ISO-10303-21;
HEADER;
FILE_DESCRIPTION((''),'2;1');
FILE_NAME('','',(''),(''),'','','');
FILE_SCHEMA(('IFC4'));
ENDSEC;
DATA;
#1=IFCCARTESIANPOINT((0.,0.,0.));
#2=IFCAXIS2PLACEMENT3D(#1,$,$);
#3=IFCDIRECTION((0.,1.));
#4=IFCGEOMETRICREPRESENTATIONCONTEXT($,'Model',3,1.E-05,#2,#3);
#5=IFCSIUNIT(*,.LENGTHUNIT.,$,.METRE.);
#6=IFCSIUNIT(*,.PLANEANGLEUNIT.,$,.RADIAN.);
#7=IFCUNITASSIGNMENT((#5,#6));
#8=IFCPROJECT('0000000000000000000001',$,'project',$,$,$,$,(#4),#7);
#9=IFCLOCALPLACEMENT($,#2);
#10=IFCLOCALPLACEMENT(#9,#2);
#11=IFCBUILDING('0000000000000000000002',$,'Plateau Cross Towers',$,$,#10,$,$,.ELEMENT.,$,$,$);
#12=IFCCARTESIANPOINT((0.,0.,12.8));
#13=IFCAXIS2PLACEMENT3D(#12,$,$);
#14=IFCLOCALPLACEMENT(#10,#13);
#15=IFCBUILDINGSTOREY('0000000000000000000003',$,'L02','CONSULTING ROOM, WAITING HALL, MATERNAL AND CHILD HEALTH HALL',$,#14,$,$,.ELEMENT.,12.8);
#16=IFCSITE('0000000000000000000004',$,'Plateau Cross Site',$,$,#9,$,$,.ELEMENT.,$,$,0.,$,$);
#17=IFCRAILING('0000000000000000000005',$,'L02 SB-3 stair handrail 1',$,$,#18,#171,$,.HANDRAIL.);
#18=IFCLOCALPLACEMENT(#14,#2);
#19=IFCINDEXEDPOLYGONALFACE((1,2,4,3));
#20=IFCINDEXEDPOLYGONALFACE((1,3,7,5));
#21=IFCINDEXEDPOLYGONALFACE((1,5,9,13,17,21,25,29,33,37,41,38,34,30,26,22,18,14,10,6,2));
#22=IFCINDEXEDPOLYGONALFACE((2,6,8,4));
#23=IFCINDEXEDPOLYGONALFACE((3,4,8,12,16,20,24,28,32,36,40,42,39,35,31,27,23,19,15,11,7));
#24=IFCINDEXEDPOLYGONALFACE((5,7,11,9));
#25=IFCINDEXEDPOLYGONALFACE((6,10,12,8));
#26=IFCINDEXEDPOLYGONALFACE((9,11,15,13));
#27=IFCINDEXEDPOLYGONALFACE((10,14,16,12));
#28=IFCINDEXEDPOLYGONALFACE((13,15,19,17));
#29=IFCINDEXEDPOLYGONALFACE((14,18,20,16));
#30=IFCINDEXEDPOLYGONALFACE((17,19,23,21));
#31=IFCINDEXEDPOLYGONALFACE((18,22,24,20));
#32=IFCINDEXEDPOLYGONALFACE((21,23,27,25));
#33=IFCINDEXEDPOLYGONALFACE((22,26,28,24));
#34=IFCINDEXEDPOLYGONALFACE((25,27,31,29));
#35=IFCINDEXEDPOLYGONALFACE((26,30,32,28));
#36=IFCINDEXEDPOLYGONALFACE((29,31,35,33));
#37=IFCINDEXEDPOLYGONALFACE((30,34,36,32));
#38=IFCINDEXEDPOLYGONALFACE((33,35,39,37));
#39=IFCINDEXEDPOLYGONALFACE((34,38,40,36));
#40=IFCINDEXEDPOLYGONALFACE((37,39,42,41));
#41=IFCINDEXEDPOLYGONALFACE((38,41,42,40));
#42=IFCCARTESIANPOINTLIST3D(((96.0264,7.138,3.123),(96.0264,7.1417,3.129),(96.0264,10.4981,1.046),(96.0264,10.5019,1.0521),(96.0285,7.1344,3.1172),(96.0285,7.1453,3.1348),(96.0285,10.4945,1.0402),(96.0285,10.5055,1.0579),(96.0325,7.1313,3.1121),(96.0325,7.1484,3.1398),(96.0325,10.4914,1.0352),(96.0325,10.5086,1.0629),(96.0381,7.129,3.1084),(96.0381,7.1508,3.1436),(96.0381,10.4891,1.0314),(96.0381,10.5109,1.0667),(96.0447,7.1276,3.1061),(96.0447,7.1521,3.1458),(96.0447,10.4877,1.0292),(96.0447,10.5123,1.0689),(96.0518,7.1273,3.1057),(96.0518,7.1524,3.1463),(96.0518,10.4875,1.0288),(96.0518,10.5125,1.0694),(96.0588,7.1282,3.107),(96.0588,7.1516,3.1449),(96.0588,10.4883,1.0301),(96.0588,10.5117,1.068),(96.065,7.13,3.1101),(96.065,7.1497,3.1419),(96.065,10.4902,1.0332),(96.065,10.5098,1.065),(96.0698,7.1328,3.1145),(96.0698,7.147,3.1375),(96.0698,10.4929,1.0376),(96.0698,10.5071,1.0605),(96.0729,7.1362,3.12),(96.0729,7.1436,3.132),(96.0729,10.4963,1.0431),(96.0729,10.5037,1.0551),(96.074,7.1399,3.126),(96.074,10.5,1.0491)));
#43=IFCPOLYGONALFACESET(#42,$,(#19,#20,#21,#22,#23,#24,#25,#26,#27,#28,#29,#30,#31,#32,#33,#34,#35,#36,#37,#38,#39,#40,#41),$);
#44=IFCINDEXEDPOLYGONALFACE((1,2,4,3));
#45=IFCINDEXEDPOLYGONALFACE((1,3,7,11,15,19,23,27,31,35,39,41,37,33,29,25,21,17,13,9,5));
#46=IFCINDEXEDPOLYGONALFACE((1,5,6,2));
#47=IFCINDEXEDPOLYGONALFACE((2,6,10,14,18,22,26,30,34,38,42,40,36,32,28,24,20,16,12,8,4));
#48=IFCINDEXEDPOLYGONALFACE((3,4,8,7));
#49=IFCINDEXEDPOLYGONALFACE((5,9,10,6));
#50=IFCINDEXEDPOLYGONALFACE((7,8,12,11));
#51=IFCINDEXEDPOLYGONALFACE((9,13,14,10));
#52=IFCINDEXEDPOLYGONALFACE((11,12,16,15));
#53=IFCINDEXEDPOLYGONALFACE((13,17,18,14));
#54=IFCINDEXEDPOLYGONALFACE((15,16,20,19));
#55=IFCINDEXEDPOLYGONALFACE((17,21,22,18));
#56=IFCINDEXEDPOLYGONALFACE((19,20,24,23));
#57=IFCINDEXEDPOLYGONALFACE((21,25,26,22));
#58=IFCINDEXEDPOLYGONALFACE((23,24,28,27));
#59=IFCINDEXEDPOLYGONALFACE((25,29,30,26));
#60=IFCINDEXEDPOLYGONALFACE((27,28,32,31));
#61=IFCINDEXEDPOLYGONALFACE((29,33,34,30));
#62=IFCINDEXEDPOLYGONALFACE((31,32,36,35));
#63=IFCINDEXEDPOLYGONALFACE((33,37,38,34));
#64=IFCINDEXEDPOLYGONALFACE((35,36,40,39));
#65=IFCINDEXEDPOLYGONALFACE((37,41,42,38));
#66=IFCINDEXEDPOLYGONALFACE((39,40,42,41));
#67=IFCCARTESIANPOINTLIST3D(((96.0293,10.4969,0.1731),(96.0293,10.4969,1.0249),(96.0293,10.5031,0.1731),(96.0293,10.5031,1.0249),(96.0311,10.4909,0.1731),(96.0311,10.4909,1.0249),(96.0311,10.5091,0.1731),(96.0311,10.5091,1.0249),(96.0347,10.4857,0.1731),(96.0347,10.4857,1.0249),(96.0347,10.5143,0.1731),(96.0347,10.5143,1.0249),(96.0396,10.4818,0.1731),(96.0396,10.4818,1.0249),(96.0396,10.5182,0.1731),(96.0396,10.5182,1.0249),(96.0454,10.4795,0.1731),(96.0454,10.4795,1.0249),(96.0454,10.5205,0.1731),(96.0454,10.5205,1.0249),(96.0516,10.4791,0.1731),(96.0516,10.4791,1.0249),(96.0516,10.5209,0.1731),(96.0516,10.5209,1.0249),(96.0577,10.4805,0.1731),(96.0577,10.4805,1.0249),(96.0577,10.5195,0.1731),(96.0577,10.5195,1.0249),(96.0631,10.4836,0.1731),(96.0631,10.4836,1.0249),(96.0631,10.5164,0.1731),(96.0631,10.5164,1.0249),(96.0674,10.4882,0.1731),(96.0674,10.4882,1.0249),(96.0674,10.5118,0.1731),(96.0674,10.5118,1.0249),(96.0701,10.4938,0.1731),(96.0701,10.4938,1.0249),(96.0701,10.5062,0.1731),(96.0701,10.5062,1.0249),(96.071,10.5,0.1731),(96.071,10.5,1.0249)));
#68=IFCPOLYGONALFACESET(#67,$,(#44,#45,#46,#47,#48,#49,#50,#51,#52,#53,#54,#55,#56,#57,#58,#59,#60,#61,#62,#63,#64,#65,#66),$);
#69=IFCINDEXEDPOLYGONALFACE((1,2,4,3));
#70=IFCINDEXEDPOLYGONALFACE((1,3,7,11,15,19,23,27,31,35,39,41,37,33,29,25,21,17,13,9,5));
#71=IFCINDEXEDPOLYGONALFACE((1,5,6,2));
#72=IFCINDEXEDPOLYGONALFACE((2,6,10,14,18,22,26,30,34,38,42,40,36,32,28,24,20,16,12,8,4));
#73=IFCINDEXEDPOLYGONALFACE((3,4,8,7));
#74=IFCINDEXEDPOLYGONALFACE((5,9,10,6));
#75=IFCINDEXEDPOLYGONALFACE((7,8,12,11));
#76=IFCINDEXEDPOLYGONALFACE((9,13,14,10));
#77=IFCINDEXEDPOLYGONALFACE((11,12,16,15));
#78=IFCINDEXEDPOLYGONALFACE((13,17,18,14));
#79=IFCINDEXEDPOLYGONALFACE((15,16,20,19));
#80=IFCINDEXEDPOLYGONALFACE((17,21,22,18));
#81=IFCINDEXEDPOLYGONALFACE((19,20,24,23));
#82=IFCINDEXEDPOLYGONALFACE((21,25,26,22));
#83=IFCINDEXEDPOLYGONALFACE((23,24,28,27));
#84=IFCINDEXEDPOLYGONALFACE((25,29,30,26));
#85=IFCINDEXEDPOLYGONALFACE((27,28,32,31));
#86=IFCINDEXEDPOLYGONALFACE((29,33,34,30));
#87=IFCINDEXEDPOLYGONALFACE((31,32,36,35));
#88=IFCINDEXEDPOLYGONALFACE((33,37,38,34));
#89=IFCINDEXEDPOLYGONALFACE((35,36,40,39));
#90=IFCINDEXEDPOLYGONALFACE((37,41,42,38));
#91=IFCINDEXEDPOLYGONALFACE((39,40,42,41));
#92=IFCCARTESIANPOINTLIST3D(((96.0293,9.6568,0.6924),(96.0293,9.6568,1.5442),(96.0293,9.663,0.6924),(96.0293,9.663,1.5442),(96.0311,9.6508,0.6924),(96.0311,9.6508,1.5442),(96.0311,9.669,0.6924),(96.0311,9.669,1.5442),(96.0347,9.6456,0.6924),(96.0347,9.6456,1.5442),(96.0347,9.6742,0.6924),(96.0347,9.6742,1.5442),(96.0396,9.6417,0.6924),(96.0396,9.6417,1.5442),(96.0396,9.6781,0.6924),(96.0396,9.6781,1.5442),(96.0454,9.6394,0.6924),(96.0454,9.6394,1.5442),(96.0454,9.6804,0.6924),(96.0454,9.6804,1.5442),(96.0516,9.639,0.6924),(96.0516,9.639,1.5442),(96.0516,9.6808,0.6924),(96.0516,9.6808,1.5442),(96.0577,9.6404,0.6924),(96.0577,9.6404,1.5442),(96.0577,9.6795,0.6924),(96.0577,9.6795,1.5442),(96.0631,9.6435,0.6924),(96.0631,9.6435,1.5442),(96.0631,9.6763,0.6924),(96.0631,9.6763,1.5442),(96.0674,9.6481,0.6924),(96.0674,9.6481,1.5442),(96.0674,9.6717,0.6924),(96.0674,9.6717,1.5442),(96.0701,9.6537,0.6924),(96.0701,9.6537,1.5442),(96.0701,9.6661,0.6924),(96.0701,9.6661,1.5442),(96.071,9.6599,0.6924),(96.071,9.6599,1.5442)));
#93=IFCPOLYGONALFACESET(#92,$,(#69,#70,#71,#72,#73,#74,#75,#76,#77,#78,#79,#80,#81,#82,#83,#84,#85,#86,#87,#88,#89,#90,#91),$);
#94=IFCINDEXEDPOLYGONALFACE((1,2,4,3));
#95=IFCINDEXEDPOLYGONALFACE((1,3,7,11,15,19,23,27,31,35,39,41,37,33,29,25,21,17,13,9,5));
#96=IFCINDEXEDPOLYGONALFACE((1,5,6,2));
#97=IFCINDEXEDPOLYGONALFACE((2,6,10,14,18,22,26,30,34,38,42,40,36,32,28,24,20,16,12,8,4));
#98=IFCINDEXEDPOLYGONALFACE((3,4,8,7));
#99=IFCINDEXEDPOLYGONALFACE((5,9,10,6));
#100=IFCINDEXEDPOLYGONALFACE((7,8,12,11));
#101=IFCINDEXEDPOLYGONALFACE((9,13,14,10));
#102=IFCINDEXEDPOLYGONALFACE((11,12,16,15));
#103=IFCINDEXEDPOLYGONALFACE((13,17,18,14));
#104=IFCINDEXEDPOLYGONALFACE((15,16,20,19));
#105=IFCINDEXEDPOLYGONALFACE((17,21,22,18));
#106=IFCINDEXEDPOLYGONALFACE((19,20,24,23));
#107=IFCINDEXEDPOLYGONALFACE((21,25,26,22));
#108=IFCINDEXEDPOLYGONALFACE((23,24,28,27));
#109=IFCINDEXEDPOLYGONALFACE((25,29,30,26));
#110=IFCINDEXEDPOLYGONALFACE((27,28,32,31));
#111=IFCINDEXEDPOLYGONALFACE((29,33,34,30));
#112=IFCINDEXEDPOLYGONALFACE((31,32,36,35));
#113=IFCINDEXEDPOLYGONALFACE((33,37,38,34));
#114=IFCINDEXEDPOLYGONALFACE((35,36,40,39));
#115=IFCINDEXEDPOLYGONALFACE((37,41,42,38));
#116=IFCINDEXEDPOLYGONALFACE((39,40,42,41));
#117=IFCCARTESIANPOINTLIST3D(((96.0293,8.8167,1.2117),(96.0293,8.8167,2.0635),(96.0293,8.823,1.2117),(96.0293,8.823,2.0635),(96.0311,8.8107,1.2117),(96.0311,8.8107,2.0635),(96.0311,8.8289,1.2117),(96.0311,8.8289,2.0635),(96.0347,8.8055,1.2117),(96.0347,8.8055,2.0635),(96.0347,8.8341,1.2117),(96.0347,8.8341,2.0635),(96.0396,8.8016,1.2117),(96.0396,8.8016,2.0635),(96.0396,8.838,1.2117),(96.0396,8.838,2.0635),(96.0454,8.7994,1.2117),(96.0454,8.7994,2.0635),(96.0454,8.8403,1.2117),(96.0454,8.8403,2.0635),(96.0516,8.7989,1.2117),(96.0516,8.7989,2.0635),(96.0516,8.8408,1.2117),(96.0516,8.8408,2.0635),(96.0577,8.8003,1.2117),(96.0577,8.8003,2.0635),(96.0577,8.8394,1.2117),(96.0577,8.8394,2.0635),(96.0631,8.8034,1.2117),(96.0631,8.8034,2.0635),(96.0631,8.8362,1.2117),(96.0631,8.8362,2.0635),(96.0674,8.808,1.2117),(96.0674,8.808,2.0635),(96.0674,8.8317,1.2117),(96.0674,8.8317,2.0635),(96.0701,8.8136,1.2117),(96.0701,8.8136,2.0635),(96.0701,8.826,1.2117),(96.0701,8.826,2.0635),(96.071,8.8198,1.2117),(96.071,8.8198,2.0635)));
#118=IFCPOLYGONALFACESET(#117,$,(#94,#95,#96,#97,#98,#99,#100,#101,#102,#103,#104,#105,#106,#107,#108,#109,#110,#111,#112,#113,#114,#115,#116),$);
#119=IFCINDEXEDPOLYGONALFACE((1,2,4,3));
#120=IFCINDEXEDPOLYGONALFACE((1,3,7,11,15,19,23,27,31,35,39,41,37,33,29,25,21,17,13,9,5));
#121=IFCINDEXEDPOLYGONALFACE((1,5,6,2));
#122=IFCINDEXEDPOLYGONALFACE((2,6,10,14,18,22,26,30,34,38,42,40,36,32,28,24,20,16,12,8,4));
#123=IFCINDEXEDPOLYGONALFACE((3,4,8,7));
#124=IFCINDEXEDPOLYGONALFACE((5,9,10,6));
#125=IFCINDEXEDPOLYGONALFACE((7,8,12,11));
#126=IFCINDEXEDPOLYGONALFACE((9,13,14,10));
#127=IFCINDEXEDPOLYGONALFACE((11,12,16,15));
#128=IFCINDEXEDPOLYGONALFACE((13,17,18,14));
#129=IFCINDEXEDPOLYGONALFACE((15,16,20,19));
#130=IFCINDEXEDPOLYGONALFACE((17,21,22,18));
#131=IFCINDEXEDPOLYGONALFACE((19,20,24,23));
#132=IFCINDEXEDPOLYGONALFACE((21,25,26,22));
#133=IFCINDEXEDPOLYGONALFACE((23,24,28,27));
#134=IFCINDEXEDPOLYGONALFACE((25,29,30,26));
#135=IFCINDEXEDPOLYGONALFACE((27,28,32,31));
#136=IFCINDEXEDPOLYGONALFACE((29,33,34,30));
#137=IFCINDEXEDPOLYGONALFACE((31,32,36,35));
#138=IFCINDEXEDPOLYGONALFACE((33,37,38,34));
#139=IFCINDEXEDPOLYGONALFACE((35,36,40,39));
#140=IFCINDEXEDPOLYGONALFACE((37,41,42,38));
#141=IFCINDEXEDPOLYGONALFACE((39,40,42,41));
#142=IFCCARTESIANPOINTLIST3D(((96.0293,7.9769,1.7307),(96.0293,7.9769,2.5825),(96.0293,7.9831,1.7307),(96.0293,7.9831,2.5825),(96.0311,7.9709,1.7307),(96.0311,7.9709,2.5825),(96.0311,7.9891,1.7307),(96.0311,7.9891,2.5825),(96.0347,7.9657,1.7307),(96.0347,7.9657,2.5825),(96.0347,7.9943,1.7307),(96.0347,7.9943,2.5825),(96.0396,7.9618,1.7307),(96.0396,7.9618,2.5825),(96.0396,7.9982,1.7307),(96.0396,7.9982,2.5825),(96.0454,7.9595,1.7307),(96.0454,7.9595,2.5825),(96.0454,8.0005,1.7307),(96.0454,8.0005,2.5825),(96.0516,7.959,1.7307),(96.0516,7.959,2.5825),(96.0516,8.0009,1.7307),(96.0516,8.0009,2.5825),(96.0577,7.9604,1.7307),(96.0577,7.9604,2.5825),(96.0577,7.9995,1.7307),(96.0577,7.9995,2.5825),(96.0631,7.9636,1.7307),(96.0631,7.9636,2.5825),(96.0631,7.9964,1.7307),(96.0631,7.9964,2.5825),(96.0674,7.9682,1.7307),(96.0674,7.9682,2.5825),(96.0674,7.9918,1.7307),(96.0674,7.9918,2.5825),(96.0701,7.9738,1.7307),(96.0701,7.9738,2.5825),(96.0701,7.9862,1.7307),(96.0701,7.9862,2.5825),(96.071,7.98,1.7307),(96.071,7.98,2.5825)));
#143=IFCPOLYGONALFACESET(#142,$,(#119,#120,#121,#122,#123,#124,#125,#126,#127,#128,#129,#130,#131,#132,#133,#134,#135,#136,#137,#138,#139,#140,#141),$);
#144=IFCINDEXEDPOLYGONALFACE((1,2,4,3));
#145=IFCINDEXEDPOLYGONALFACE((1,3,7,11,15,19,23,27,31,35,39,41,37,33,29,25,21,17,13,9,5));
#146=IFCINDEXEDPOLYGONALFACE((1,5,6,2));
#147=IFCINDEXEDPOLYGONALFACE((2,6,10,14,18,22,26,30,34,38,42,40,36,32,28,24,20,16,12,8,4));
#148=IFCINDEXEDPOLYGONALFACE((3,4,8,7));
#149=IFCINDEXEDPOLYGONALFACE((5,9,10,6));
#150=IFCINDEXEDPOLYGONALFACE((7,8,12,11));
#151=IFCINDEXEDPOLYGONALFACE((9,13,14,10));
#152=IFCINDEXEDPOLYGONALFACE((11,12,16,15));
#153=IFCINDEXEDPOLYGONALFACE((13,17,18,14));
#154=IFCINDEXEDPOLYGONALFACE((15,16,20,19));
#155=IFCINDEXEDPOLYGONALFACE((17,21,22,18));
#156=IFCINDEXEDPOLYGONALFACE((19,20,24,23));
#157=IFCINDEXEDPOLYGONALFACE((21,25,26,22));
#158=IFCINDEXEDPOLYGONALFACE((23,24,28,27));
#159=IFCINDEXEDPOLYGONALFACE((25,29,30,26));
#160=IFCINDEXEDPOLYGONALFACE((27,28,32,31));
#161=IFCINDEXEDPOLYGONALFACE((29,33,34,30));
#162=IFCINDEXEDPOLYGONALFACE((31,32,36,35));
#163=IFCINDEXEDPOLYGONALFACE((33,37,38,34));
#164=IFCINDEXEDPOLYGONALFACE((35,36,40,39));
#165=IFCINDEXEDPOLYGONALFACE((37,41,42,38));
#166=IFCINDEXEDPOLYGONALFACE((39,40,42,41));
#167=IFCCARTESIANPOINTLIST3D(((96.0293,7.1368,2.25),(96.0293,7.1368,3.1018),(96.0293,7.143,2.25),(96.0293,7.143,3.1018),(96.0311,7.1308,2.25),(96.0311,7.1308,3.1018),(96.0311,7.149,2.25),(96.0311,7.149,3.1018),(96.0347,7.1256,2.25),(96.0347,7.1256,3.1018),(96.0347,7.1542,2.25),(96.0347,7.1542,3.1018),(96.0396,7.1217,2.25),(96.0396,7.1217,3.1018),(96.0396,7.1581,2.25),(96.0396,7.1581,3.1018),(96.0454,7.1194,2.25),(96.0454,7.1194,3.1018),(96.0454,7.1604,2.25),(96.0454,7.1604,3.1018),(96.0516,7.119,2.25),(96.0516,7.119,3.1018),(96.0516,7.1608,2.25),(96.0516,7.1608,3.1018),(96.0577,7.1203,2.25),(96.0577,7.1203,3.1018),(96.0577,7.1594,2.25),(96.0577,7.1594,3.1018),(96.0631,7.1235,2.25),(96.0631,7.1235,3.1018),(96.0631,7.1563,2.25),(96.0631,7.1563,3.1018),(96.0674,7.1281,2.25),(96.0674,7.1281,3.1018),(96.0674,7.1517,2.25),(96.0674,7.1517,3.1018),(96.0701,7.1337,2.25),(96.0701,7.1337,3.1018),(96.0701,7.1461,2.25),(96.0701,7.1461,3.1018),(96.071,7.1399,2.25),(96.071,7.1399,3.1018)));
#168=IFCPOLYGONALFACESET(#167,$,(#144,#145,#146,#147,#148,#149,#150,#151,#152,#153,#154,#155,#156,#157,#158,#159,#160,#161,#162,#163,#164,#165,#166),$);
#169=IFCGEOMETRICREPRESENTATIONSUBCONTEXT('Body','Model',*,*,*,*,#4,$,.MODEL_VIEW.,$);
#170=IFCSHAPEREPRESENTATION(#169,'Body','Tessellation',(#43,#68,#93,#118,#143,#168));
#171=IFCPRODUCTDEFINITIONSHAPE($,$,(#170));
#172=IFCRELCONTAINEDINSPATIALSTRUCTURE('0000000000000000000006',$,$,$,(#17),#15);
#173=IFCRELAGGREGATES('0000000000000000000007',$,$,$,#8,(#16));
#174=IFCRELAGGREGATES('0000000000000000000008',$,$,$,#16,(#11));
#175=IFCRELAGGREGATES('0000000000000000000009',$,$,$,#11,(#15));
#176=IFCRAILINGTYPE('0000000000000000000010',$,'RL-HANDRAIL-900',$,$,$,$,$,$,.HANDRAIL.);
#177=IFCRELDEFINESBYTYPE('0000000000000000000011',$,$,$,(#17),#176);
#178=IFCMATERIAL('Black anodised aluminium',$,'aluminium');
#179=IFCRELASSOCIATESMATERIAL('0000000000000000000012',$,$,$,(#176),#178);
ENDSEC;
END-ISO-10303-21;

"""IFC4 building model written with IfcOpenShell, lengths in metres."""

from ifc_helpers import new_model, si_unit, direction, frame, origin, origin_2d, place, context, subcontext, project, spatial, circle, extrude, material, type_object, element, save


model = new_model("IFC4")

# Units and contexts
model_context = context("Model", 3, precision=1e-05, world=origin(), true_north=direction((0.0, 1.0)))
body_context = subcontext(model_context, "Body", "Model", "MODEL_VIEW")
ifc_project = project(units=[si_unit("LENGTHUNIT", "METRE"), si_unit("PLANEANGLEUNIT", "RADIAN")], contexts=[model_context])

# Site, building, storey
site_placement = place(None, origin())
site = spatial("IfcSite", under=ifc_project, at=site_placement, Name="Plateau Cross Site", CompositionType="ELEMENT", RefElevation=0.0)
building_placement = place(site_placement, origin())
building = spatial("IfcBuilding", under=site, at=building_placement, Name="Plateau Cross Towers", CompositionType="ELEMENT")
storey_placement = place(building_placement, frame((0.0, 0.0, 12.8)))
storey = spatial("IfcBuildingStorey", under=building, at=storey_placement, Name="L02", Description="CONSULTING ROOM, WAITING HALL, MATERNAL AND CHILD HEALTH HALL", CompositionType="ELEMENT", Elevation=12.8)

# Railing
ifc_material_1 = material(Name="Black anodised aluminium", Category="aluminium")
railing_type_1 = type_object("IfcRailingType", Name="RL-HANDRAIL-900", PredefinedType="HANDRAIL", material=ifc_material_1)
railing_1_placement = place(storey_placement, frame((96.05, 10.5, 0.1731)))
element("IfcRailing", 1, at=railing_1_placement, inside=storey, type_object=railing_type_1, Name="L02 SB-3 stair handrail 1", PredefinedType="HANDRAIL", context=body_context, shape_type="SweptSolid", body=[
    extrude(circle(Radius=0.0239, at=origin_2d()), frame((0.0, 0.0, 0.876), z_axis=(0.0, -0.850623, 0.525776), x_axis=(1.0, 0.0, 0.0)), (0.0, 0.0, 1.0), 3.9502),
    extrude(circle(Radius=0.021, at=origin_2d()), origin(), (0.0, 0.0, 1.0), 0.8518),
    extrude(circle(Radius=0.021, at=origin_2d()), frame((0.0, -0.8401, 0.5193)), (0.0, 0.0, 1.0), 0.8518),
    extrude(circle(Radius=0.021, at=origin_2d()), frame((0.0, -1.6802, 1.0386)), (0.0, 0.0, 1.0), 0.8518),
    extrude(circle(Radius=0.021, at=origin_2d()), frame((0.0, -2.52, 1.5576)), (0.0, 0.0, 1.0), 0.8518),
    extrude(circle(Radius=0.021, at=origin_2d()), frame((0.0, -3.3601, 2.0769)), (0.0, 0.0, 1.0), 0.8518),
])

save(model, "model.ifc")
